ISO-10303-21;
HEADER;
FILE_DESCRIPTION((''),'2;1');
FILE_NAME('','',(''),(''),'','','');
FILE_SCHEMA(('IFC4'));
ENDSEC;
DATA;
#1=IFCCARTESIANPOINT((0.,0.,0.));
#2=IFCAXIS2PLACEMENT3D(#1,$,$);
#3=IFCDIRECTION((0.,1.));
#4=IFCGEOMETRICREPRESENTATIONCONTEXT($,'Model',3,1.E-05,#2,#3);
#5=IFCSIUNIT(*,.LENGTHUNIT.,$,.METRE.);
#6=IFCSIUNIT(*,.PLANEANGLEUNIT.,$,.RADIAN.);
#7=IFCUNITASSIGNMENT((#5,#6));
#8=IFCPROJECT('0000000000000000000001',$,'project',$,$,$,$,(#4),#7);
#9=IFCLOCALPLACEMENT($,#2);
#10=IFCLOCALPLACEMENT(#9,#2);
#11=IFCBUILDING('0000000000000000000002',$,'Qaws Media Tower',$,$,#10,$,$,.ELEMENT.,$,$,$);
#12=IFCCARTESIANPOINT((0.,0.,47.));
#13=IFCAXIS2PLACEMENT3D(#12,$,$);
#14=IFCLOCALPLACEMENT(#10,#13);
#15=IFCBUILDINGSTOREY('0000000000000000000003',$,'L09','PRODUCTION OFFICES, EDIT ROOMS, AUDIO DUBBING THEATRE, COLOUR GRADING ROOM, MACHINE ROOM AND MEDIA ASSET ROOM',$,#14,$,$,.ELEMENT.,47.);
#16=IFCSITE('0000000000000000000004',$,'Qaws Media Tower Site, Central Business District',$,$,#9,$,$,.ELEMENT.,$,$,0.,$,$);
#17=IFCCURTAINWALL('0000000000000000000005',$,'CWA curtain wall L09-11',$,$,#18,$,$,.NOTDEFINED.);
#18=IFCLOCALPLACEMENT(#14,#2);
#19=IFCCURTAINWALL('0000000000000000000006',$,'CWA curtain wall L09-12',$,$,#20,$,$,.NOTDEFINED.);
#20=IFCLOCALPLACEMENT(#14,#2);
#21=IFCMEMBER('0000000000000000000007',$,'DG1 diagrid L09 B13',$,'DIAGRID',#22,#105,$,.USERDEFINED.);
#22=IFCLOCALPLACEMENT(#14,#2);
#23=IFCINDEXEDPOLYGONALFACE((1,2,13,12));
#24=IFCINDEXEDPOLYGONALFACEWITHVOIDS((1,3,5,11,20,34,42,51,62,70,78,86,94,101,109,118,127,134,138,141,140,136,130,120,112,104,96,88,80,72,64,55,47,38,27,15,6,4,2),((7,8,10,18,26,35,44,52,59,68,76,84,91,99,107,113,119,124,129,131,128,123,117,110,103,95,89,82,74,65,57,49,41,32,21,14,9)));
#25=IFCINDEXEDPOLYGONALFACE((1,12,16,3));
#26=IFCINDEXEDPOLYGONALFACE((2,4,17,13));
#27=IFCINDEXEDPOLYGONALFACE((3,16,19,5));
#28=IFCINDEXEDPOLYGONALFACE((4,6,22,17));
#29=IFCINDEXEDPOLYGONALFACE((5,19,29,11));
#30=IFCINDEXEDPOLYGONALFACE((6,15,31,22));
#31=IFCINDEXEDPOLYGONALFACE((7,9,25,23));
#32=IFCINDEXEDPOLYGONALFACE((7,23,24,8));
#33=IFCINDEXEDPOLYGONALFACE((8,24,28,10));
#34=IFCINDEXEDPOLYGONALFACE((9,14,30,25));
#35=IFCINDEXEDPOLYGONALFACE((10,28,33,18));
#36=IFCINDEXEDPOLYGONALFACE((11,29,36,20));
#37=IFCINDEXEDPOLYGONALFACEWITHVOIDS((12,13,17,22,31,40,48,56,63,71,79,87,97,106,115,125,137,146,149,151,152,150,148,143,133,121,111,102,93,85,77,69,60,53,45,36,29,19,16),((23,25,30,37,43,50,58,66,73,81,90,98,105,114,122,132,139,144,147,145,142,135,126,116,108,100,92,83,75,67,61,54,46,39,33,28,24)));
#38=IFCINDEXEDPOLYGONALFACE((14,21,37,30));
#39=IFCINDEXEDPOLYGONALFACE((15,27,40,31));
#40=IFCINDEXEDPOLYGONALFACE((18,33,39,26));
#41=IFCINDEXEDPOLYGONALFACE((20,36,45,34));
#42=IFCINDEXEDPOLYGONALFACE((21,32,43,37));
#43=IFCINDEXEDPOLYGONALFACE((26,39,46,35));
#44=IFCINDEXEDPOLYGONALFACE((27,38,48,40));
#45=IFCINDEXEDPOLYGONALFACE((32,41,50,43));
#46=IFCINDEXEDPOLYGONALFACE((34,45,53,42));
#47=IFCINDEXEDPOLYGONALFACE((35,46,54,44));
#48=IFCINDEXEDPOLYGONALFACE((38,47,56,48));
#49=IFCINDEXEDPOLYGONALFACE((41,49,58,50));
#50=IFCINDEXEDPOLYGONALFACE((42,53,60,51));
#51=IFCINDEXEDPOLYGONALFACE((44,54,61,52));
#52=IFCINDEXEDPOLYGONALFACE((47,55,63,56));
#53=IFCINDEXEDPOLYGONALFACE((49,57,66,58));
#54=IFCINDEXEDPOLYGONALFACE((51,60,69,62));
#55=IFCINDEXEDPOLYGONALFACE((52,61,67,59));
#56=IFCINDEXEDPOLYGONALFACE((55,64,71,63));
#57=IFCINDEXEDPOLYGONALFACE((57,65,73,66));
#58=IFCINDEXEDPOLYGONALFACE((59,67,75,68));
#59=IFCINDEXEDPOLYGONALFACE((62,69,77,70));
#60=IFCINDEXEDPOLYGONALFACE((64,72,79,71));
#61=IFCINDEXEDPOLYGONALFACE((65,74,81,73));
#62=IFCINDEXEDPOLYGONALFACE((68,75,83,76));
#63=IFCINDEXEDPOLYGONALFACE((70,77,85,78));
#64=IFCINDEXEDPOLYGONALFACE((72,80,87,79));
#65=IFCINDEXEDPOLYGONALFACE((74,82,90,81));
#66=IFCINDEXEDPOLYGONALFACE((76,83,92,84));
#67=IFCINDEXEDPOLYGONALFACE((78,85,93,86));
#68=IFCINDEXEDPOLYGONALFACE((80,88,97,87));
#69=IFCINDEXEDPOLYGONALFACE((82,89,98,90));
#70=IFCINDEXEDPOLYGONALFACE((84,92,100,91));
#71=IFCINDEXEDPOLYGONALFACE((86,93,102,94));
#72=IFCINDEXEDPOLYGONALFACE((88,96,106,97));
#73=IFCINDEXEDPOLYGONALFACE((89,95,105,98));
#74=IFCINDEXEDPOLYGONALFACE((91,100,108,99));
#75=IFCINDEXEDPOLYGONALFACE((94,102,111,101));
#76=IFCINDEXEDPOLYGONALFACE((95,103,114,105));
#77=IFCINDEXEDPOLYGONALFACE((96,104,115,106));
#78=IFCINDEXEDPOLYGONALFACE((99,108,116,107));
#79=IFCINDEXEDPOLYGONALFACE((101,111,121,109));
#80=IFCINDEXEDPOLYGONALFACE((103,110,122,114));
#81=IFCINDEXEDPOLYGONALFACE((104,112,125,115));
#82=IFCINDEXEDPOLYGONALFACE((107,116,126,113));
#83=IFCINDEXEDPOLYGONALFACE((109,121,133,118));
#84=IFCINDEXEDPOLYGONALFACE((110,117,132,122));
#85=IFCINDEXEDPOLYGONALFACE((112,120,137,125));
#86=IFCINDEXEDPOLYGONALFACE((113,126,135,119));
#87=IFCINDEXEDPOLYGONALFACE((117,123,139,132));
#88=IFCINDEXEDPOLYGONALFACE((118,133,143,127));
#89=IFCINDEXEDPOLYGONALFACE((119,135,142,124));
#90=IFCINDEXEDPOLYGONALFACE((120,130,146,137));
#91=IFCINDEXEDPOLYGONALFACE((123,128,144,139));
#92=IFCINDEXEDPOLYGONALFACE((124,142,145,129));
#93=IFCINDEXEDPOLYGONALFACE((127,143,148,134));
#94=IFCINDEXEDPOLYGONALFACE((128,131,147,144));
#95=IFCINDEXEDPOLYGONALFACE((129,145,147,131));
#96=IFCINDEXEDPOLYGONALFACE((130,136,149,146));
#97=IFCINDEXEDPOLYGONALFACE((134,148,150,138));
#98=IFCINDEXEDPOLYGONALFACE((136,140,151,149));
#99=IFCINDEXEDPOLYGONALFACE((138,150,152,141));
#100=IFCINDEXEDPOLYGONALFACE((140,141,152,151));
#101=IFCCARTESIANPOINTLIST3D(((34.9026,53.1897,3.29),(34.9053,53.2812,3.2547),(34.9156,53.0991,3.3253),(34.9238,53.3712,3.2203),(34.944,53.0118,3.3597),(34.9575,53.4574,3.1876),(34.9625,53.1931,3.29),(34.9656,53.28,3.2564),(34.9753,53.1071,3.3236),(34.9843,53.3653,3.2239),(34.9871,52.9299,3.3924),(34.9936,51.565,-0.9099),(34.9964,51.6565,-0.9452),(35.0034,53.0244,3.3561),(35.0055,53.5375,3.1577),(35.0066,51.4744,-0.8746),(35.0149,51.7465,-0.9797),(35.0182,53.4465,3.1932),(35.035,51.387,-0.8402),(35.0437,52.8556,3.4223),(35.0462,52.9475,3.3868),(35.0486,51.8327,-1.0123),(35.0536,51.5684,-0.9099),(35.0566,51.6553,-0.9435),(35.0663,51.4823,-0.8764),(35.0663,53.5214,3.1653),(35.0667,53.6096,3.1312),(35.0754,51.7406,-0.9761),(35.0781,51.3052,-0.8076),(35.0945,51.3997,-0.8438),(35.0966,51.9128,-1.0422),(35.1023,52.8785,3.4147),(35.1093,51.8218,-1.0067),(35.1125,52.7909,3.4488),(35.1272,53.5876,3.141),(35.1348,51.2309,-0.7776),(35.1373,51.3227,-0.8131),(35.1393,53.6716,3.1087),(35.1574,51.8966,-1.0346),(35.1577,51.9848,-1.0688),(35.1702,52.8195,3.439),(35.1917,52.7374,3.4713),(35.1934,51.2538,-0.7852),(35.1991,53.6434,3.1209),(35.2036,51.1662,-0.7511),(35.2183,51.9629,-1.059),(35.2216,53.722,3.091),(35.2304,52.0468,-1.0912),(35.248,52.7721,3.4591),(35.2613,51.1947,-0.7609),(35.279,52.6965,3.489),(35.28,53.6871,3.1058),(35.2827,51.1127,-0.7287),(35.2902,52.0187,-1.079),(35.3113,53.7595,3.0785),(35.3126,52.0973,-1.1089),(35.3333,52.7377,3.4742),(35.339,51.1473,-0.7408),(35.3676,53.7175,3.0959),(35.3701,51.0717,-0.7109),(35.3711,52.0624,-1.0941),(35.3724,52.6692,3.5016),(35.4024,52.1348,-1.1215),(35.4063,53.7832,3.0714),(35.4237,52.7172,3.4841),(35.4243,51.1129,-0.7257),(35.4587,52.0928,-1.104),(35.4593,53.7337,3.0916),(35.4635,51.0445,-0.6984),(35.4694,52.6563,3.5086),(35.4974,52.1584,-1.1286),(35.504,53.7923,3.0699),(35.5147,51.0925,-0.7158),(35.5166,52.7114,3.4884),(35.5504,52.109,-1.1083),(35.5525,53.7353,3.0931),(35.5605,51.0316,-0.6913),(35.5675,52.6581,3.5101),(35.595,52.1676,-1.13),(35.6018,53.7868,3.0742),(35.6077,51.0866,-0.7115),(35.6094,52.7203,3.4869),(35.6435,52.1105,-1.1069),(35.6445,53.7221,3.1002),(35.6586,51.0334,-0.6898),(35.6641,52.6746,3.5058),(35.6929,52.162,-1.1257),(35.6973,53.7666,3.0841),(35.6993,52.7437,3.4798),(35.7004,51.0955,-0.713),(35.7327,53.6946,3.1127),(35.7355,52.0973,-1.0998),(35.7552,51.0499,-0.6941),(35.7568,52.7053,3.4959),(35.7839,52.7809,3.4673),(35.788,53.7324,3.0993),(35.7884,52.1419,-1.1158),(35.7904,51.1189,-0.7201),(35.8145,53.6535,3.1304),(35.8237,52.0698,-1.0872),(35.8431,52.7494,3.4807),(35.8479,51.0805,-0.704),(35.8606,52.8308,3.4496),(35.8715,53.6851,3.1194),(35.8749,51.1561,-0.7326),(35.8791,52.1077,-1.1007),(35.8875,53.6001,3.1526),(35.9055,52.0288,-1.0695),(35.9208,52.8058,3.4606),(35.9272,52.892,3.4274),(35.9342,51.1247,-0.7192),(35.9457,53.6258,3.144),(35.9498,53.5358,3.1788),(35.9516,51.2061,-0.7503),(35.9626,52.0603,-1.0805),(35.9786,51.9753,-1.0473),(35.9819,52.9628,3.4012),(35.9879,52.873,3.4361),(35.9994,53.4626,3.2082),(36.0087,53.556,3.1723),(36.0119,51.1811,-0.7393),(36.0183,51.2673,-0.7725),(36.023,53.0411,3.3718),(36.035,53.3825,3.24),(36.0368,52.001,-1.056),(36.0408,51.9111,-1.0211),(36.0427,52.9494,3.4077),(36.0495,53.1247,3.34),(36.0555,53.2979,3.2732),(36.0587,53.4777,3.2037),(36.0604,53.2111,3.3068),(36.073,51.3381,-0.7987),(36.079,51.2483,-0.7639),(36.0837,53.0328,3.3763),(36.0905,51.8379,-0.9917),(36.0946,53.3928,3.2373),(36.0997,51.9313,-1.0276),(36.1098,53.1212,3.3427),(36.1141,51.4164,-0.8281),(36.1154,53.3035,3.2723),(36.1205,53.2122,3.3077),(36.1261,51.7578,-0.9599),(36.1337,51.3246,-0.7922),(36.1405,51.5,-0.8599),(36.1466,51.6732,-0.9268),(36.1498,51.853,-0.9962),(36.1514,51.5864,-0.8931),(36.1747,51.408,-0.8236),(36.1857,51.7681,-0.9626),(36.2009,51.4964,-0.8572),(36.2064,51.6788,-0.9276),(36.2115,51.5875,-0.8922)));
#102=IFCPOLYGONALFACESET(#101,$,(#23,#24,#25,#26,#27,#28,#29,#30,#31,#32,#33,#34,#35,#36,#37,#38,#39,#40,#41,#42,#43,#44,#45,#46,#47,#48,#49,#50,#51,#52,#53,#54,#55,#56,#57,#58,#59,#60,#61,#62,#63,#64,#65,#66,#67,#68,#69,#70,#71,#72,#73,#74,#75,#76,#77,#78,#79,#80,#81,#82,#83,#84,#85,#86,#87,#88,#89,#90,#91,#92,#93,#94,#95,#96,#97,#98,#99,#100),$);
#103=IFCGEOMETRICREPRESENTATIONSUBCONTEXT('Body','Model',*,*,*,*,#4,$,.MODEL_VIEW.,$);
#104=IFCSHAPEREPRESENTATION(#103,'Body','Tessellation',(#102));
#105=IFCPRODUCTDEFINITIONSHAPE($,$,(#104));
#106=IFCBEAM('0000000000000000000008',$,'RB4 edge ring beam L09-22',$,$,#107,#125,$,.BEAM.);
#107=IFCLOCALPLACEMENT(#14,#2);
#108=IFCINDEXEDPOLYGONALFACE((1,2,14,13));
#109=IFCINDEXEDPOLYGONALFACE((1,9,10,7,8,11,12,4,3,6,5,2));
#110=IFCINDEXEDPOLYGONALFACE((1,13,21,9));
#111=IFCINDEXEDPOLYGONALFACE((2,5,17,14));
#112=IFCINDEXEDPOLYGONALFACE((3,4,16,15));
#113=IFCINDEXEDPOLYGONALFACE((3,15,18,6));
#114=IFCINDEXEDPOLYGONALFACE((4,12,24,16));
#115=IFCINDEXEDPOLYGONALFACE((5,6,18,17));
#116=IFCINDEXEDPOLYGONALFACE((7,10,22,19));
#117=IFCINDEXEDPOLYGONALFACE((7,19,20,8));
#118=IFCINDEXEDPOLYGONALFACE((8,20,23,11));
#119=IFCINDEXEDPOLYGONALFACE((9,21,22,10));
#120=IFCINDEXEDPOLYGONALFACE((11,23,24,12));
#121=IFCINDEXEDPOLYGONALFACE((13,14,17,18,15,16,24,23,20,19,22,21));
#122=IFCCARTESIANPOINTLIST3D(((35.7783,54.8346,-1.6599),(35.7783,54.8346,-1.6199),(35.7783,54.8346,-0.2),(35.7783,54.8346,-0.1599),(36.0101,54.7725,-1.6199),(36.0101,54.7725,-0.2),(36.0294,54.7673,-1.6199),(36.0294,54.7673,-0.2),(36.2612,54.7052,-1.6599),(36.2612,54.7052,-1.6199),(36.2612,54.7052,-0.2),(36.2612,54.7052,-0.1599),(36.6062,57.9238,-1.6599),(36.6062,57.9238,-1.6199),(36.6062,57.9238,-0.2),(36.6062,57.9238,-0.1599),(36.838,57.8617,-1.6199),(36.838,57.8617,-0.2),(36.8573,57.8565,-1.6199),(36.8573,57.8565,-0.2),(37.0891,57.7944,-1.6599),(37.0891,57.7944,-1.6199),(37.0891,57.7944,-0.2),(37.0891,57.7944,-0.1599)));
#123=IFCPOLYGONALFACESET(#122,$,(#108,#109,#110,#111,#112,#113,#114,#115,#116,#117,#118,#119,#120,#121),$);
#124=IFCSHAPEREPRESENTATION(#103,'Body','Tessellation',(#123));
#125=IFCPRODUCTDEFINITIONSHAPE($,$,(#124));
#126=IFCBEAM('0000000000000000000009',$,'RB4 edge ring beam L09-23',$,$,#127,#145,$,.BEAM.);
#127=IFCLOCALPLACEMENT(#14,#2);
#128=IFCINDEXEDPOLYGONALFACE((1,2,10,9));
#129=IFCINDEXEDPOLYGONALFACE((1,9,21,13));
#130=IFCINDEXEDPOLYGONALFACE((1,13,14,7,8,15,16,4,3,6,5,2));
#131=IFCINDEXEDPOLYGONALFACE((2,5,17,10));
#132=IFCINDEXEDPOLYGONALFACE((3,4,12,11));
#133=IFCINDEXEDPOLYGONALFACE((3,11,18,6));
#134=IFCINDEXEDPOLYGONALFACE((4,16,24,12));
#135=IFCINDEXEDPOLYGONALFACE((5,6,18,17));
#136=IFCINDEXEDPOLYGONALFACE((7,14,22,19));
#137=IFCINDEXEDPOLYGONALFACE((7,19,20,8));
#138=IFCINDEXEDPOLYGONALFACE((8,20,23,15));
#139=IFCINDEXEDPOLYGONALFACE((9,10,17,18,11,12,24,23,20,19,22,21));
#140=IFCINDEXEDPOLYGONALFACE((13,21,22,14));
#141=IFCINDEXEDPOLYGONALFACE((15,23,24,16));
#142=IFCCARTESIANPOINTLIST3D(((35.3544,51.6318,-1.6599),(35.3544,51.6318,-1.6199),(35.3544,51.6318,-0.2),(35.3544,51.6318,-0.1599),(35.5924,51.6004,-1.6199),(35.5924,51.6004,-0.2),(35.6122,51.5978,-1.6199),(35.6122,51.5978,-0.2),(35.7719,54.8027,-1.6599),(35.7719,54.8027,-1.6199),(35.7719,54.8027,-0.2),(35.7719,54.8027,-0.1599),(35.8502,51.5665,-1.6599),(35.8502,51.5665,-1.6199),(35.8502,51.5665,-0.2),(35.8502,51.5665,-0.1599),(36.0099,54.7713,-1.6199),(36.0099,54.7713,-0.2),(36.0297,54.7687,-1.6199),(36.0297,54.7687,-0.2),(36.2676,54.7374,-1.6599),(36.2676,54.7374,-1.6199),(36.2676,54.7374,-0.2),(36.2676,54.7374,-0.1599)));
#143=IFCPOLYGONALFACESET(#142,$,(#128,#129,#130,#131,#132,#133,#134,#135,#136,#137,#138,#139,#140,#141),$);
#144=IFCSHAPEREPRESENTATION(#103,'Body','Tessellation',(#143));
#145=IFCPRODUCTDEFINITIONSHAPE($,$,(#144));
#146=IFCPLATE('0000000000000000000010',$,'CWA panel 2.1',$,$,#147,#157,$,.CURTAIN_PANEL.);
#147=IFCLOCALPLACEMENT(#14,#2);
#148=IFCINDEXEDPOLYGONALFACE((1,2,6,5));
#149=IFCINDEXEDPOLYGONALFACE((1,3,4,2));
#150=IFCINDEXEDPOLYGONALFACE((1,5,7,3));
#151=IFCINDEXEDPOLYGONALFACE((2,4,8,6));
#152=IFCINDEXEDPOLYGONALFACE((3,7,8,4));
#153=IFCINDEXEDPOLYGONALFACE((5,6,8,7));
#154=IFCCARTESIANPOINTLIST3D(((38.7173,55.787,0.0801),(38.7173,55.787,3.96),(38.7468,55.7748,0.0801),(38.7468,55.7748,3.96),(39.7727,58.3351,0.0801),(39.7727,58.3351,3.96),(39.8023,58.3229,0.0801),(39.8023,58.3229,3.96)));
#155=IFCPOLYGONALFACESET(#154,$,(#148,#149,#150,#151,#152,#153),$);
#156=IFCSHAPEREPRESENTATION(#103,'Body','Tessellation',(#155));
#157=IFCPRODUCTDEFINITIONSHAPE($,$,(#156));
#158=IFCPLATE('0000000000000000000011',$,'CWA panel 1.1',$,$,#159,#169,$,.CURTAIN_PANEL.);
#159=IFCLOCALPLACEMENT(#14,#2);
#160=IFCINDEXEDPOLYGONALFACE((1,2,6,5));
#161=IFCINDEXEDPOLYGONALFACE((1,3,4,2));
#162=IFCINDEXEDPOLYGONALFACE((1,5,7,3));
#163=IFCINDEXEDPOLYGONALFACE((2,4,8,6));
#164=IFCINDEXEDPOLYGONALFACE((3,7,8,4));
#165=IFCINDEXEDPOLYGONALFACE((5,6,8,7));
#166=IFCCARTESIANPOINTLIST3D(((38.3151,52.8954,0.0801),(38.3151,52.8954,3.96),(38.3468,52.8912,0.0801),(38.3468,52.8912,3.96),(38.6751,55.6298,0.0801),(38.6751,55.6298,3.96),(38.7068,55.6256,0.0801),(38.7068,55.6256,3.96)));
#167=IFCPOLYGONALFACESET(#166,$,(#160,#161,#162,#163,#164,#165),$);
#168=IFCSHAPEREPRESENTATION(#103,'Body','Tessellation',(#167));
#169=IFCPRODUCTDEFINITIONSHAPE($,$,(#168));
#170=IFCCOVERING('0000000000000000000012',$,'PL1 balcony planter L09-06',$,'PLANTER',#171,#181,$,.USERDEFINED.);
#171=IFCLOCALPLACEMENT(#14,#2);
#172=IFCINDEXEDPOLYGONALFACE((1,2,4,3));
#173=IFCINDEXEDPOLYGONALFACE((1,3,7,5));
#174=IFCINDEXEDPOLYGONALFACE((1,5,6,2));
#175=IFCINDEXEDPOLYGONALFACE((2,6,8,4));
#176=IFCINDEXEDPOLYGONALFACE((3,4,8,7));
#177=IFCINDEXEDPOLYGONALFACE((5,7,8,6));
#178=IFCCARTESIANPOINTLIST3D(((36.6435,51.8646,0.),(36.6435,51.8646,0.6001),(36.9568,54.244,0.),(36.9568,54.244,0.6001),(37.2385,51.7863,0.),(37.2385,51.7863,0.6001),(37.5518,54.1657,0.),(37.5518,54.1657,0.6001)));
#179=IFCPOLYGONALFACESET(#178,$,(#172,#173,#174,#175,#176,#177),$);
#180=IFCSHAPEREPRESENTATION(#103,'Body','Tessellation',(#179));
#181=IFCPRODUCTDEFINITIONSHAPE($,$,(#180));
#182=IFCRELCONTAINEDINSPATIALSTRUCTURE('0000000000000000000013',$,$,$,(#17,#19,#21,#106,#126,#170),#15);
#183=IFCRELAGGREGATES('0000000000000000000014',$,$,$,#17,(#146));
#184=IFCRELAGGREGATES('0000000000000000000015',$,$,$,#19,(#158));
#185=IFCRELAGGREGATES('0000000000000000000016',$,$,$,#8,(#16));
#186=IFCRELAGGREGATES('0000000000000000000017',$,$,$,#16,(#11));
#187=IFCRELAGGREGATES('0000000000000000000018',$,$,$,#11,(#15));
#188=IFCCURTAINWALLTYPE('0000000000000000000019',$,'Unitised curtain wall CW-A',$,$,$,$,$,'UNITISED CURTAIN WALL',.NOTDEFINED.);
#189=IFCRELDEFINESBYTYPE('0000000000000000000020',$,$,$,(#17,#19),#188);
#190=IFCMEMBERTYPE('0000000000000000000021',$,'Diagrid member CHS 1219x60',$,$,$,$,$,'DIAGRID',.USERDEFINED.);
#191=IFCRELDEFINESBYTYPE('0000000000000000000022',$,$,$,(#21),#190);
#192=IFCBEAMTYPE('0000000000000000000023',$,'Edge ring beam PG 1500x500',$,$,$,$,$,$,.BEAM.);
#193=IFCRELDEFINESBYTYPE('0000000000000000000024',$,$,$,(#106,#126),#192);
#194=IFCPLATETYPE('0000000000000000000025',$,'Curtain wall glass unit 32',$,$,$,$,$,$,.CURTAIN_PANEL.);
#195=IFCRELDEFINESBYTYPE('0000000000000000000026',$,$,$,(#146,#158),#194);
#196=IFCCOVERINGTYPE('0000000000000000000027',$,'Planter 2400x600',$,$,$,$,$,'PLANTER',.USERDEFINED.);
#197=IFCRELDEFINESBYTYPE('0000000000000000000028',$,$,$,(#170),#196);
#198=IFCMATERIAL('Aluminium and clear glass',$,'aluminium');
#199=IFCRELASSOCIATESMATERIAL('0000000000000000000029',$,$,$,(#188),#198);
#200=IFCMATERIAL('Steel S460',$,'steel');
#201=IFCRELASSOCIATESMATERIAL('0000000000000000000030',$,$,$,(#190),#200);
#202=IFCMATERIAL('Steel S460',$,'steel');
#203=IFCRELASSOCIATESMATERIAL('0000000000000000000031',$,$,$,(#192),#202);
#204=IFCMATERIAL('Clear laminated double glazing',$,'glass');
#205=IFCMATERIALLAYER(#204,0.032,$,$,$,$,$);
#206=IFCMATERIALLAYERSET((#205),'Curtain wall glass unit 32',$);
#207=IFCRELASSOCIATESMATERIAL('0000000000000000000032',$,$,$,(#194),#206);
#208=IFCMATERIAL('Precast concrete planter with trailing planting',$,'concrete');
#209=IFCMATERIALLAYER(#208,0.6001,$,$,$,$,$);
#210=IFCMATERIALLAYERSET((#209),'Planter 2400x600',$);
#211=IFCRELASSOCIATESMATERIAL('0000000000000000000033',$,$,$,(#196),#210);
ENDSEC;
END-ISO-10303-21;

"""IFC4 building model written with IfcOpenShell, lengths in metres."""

from ifc_helpers import new_model, si_unit, direction, frame, origin, origin_2d, place, context, subcontext, project, spatial, rectangle, hollow_circle, i_section, extrude, material, layer, layer_set, material_profile, profile_set, type_object, element, aggregate, save


model = new_model("IFC4")

# Units and contexts
model_context = context("Model", 3, precision=1e-05, world=origin(), true_north=direction((0.0, 1.0)))
body_context = subcontext(model_context, "Body", "Model", "MODEL_VIEW")
ifc_project = project(units=[si_unit("LENGTHUNIT", "METRE"), si_unit("PLANEANGLEUNIT", "RADIAN")], contexts=[model_context])

# Site, building, storey
site_placement = place(None, origin())
site = spatial("IfcSite", under=ifc_project, at=site_placement, Name="Qaws Media Tower Site, Central Business District", CompositionType="ELEMENT", RefElevation=0.0)
building_placement = place(site_placement, origin())
building = spatial("IfcBuilding", under=site, at=building_placement, Name="Qaws Media Tower", CompositionType="ELEMENT")
storey_placement = place(building_placement, frame((0.0, 0.0, 47.0)))
storey = spatial("IfcBuildingStorey", under=building, at=storey_placement, Name="L09", Description="PRODUCTION OFFICES, EDIT ROOMS, AUDIO DUBBING THEATRE, COLOUR GRADING ROOM, MACHINE ROOM AND MEDIA ASSET ROOM", CompositionType="ELEMENT", Elevation=47.0)

# Curtain wall
ifc_material_1 = material(Name="Aluminium and clear glass", Category="aluminium")
curtain_wall_type = type_object("IfcCurtainWallType", Name="Unitised curtain wall CW-A", ElementType="UNITISED CURTAIN WALL", PredefinedType="NOTDEFINED", material=ifc_material_1)
curtain_wall_1_placement = place(storey_placement, origin())
curtain_wall_1 = element("IfcCurtainWall", 1, at=curtain_wall_1_placement, inside=storey, type_object=curtain_wall_type, Name="CWA curtain wall L09-11", PredefinedType="NOTDEFINED")

# Curtain wall
curtain_wall_2_placement = place(storey_placement, origin())
curtain_wall_2 = element("IfcCurtainWall", 2, at=curtain_wall_2_placement, inside=storey, type_object=curtain_wall_type, Name="CWA curtain wall L09-12", PredefinedType="NOTDEFINED")

# Member
ifc_material_2 = material(Name="Steel S460", Category="steel")
ifc_material_profile_1 = material_profile(ifc_material_2, hollow_circle(Radius=0.6096, WallThickness=0.0601, at=origin_2d()), Name="CHS 1219x60")
ifc_profile_set_1 = profile_set([ifc_material_profile_1], Name="Steel S460")
member_type_1 = type_object("IfcMemberType", Name="Diagrid member CHS 1219x60", ElementType="DIAGRID", PredefinedType="USERDEFINED", material=ifc_profile_set_1)
member_1_placement = place(storey_placement, frame((35.6023, 51.5991, -0.9099), z_axis=(-0.020218, 0.360721, 0.932455), x_axis=(-0.998433, -0.05596, 0.0)))
element("IfcMember", 3, at=member_1_placement, inside=storey, type_object=member_type_1, Name="DG1 diagrid L09 B13", ObjectType="DIAGRID", PredefinedType="USERDEFINED", context=body_context, shape_type="SweptSolid", body=[
    extrude(hollow_circle(Radius=0.6096, WallThickness=0.0601, at=origin_2d()), origin(), (0.0, 0.0, 1.0), 4.5042),
])

# Beams
ifc_material_3 = material(Name="Steel S460", Category="steel")
ifc_material_profile_2 = material_profile(ifc_material_3, i_section(OverallWidth=0.5, OverallDepth=1.5, WebThickness=0.02, FlangeThickness=0.04, at=origin_2d()), Name="PG 1500x500")
ifc_profile_set_2 = profile_set([ifc_material_profile_2], Name="Steel S460")
beam_type = type_object("IfcBeamType", Name="Edge ring beam PG 1500x500", PredefinedType="BEAM", material=ifc_profile_set_2)
for number, where, z_axis, x_axis, name in (
    (4, (36.8477, 57.8591, -0.9099), (-0.258865, -0.965914, 0.0), (0.965914, -0.258865, 0.0), "RB4 edge ring beam L09-22"),
    (5, (36.0198, 54.77, -0.9099), (-0.130533, -0.991444, 0.0), (0.991444, -0.130533, 0.0), "RB4 edge ring beam L09-23"),
):
    element("IfcBeam", number, at=place(storey_placement, frame(where, z_axis=z_axis, x_axis=x_axis)), inside=storey, type_object=beam_type, Name=name, PredefinedType="BEAM", context=body_context, shape_type="SweptSolid", body=[
        extrude(i_section(OverallWidth=0.5, OverallDepth=1.5, WebThickness=0.02, FlangeThickness=0.04, at=origin_2d()), origin(), (0.0, 0.0, 1.0), 3.1982),
    ])

# Plates
ifc_material_4 = material(Name="Clear laminated double glazing", Category="glass")
ifc_layer_1 = layer(ifc_material_4, 0.032)
ifc_layer_set_1 = layer_set([ifc_layer_1], Name="Curtain wall glass unit 32")
plate_type = type_object("IfcPlateType", Name="Curtain wall glass unit 32", PredefinedType="CURTAIN_PANEL", material=ifc_layer_set_1)
plate_1_placement = place(storey_placement, frame((39.2598, 57.0549, 0.0801), z_axis=(0.0, 0.0, 1.0), x_axis=(-0.382683, -0.92388, 0.0)))
plate_1 = element("IfcPlate", 6, at=plate_1_placement, type_object=plate_type, Name="CWA panel 2.1", PredefinedType="CURTAIN_PANEL", context=body_context, shape_type="SweptSolid", body=[
    extrude(rectangle(XDim=2.7581, YDim=0.032, at=origin_2d()), origin(), (0.0, 0.0, 1.0), 3.8799),
])
aggregate(curtain_wall_1, [plate_1])
plate_2_placement = place(storey_placement, frame((38.511, 54.2605, 0.0801), z_axis=(0.0, 0.0, 1.0), x_axis=(-0.130526, -0.991445, 0.0)))
plate_2 = element("IfcPlate", 7, at=plate_2_placement, type_object=plate_type, Name="CWA panel 1.1", PredefinedType="CURTAIN_PANEL", context=body_context, shape_type="SweptSolid", body=[
    extrude(rectangle(XDim=2.7581, YDim=0.032, at=origin_2d()), origin(), (0.0, 0.0, 1.0), 3.8799),
])
aggregate(curtain_wall_2, [plate_2])

# Covering
ifc_material_5 = material(Name="Precast concrete planter with trailing planting", Category="concrete")
ifc_layer_2 = layer(ifc_material_5, 0.6001)
ifc_layer_set_2 = layer_set([ifc_layer_2], Name="Planter 2400x600")
covering_type = type_object("IfcCoveringType", Name="Planter 2400x600", ElementType="PLANTER", PredefinedType="USERDEFINED", material=ifc_layer_set_2)
covering_placement = place(storey_placement, frame((37.0977, 53.0151, 0.0), z_axis=(0.0, 0.0, 1.0), x_axis=(-0.130526, -0.991445, 0.0)))
element("IfcCovering", 8, at=covering_placement, inside=storey, type_object=covering_type, Name="PL1 balcony planter L09-06", ObjectType="PLANTER", PredefinedType="USERDEFINED", context=body_context, shape_type="SweptSolid", body=[
    extrude(rectangle(XDim=2.3999, YDim=0.6001, at=origin_2d()), origin(), (0.0, 0.0, 1.0), 0.6001),
])

save(model, "model.ifc")
